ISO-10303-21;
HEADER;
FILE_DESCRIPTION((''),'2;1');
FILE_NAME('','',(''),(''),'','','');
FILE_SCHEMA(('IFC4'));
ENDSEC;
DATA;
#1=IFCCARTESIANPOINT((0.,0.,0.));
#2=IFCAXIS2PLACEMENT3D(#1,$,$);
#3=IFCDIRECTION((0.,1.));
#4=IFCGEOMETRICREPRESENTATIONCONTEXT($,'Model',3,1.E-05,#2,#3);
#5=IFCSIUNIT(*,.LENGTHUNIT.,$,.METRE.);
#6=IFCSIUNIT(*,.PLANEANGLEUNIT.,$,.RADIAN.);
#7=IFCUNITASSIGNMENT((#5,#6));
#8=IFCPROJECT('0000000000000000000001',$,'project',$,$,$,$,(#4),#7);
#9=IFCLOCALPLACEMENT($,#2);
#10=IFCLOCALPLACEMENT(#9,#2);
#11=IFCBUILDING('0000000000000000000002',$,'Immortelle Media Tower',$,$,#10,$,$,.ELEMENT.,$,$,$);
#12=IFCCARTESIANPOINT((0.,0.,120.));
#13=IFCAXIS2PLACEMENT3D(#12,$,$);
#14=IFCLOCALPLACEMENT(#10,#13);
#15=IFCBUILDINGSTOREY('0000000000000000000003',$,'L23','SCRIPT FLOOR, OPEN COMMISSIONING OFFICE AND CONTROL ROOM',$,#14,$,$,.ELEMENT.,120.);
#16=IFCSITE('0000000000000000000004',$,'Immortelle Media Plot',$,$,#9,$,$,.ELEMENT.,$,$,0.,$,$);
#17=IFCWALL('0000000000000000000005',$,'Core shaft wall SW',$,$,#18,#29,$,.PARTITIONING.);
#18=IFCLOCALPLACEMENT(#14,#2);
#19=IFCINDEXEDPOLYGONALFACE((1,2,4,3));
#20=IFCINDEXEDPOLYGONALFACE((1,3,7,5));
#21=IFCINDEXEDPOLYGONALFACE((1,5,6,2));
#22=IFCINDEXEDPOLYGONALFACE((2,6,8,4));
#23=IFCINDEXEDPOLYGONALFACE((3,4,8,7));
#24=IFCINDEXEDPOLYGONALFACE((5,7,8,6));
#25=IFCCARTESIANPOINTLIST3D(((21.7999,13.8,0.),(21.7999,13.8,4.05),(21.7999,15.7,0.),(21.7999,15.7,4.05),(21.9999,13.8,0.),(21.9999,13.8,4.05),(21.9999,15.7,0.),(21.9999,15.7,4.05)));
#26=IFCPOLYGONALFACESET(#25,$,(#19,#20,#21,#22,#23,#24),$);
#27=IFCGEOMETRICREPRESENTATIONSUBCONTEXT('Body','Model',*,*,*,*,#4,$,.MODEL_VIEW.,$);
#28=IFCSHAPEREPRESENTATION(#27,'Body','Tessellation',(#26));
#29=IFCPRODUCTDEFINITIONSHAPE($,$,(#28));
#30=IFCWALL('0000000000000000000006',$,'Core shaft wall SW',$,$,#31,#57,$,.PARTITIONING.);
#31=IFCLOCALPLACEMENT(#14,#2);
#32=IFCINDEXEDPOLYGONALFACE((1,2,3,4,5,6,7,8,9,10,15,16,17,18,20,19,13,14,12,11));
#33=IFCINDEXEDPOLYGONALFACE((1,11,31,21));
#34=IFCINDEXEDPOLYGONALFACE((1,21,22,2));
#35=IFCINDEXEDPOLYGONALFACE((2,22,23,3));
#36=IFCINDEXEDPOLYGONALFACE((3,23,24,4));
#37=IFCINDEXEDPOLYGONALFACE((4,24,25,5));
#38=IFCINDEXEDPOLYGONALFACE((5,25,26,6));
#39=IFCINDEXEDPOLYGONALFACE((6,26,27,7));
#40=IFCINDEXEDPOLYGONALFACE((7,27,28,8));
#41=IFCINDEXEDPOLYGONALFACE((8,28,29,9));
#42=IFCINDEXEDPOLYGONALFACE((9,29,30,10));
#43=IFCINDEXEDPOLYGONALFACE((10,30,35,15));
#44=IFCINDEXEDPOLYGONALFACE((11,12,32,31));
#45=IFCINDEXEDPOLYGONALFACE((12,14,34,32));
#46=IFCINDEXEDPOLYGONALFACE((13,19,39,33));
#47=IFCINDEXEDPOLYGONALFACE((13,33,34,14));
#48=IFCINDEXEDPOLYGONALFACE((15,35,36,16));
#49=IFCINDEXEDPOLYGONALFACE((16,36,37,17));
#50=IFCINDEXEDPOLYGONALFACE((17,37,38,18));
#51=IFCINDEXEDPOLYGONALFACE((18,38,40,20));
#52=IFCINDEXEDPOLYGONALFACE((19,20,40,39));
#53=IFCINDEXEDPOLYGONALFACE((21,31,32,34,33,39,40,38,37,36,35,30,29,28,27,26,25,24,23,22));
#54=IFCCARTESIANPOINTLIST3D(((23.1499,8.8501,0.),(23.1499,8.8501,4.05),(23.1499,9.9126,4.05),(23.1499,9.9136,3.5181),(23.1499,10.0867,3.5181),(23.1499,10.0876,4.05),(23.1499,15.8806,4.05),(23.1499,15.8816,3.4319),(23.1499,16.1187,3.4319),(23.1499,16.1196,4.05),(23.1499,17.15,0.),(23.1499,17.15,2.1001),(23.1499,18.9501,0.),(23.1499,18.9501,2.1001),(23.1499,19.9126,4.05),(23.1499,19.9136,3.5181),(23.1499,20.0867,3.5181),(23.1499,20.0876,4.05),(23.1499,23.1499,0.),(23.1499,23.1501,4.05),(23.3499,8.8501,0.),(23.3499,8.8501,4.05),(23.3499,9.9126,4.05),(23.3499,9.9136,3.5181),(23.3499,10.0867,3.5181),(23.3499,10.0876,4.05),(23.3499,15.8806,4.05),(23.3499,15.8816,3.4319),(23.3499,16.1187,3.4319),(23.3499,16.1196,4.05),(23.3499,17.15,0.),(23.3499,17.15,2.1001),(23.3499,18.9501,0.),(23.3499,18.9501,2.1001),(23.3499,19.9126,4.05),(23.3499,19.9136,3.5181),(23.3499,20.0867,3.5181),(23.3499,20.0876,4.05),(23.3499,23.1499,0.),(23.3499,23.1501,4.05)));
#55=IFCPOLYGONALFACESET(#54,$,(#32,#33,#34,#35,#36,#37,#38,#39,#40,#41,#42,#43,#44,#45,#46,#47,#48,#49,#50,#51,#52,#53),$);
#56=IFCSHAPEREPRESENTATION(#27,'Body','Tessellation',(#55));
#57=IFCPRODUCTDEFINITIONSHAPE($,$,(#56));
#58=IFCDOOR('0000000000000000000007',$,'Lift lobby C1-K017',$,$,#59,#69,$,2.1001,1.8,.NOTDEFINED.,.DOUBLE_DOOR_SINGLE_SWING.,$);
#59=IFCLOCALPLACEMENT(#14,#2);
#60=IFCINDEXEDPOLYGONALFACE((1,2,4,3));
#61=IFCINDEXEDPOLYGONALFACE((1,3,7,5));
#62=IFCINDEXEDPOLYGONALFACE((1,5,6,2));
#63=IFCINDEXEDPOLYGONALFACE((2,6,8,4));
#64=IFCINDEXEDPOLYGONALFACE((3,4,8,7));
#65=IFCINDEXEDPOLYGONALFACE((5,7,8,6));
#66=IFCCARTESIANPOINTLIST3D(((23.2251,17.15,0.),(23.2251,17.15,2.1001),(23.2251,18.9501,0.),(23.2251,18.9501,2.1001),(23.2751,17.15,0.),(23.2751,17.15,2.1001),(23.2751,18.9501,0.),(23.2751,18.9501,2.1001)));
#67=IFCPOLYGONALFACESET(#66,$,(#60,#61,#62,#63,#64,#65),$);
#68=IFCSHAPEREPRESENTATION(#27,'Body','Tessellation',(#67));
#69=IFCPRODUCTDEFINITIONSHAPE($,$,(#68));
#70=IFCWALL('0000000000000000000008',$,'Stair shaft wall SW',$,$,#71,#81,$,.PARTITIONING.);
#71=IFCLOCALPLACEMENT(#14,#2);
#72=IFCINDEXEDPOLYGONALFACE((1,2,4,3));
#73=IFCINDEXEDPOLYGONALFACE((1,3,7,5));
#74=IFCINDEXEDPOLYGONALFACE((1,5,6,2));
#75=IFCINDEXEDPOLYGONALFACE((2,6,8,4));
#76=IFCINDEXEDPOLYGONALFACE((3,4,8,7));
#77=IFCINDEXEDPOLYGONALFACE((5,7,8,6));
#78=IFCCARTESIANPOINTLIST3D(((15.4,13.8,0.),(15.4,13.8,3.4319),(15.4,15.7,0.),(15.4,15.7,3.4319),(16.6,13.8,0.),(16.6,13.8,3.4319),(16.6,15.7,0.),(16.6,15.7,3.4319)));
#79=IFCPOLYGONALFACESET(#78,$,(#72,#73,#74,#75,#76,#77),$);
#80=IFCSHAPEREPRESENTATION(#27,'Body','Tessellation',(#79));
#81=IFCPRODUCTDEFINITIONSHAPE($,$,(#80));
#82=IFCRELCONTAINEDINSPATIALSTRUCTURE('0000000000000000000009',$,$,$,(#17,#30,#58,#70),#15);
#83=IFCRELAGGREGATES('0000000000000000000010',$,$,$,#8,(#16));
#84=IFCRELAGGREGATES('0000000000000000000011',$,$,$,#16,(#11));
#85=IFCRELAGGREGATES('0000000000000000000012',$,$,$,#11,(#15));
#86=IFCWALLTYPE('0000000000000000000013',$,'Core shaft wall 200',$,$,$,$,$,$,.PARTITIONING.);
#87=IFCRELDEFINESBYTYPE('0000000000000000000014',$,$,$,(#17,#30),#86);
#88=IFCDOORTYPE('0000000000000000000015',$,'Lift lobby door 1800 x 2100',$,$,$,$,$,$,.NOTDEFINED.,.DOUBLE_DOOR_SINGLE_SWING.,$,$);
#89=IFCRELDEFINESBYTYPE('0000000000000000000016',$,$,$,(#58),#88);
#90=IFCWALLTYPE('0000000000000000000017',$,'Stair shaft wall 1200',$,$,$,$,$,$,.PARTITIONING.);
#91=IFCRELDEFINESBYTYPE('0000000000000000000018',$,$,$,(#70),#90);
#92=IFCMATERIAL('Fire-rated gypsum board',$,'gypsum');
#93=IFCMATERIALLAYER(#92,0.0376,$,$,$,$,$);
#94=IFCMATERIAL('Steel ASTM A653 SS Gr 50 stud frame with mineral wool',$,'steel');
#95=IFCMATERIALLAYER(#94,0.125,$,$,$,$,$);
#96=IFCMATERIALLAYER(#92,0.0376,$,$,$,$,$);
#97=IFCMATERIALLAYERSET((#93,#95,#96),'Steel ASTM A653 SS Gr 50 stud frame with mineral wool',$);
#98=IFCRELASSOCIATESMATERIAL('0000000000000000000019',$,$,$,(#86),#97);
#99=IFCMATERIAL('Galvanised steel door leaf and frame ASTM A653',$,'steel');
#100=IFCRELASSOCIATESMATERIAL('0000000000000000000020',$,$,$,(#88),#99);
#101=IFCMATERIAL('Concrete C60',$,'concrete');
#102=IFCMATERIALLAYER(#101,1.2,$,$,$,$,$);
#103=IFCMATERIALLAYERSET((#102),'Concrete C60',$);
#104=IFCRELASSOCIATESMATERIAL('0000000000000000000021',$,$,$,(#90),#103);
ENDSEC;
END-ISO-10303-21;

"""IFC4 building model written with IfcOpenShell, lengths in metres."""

from ifc_helpers import new_model, si_unit, direction, frame, frame_2d, origin, place, context, subcontext, project, spatial, polyline, rectangle, outline, extrude, material, layer, layer_set, type_object, element, fill, save


model = new_model("IFC4")

# Units and contexts
model_context = context("Model", 3, precision=1e-05, world=origin(), true_north=direction((0.0, 1.0)))
body_context = subcontext(model_context, "Body", "Model", "MODEL_VIEW")
ifc_project = project(units=[si_unit("LENGTHUNIT", "METRE"), si_unit("PLANEANGLEUNIT", "RADIAN")], contexts=[model_context])

# Site, building, storey
site_placement = place(None, origin())
site = spatial("IfcSite", under=ifc_project, at=site_placement, Name="Immortelle Media Plot", CompositionType="ELEMENT", RefElevation=0.0)
building_placement = place(site_placement, origin())
building = spatial("IfcBuilding", under=site, at=building_placement, Name="Immortelle Media Tower", CompositionType="ELEMENT")
storey_placement = place(building_placement, frame((0.0, 0.0, 120.0)))
storey = spatial("IfcBuildingStorey", under=building, at=storey_placement, Name="L23", Description="SCRIPT FLOOR, OPEN COMMISSIONING OFFICE AND CONTROL ROOM", CompositionType="ELEMENT", Elevation=120.0)

# Shared definitions
ifc_material_1 = material(Name="Galvanised steel door leaf and frame ASTM A653", Category="steel")

# Wall
ifc_material_2 = material(Name="Fire-rated gypsum board", Category="gypsum")
ifc_layer_1 = layer(ifc_material_2, 0.0376)
ifc_material_3 = material(Name="Steel ASTM A653 SS Gr 50 stud frame with mineral wool", Category="steel")
ifc_layer_2 = layer(ifc_material_3, 0.125)
ifc_layer_3 = layer(ifc_material_2, 0.0376)
ifc_layer_set_1 = layer_set([ifc_layer_1, ifc_layer_2, ifc_layer_3], Name="Steel ASTM A653 SS Gr 50 stud frame with mineral wool")
wall_type_1 = type_object("IfcWallType", Name="Core shaft wall 200", PredefinedType="PARTITIONING", material=ifc_layer_set_1)
wall_1_placement = place(storey_placement, frame((21.8999, 13.8, 0.0), z_axis=(0.0, 0.0, 1.0), x_axis=(0.0, 1.0, 0.0)))
element("IfcWall", 1, at=wall_1_placement, inside=storey, type_object=wall_type_1, Name="Core shaft wall SW", PredefinedType="PARTITIONING", context=body_context, shape_type="SweptSolid", body=[
    extrude(rectangle(XDim=1.8999, YDim=0.2, at=frame_2d((0.95, 0.0))), origin(), (0.0, 0.0, 1.0), 4.05),
])

# Wall, opening, door
wall_2_placement = place(storey_placement, frame((23.25, 8.8501, 0.0), z_axis=(0.0, 0.0, 1.0), x_axis=(0.0, 1.0, 0.0)))
wall_2 = element("IfcWall", 2, at=wall_2_placement, inside=storey, type_object=wall_type_1, Name="Core shaft wall SW", PredefinedType="PARTITIONING", context=body_context, shape_type="SweptSolid", body=[
    extrude(outline(polyline([(0.0, 0.0), (14.2998, 0.0), (14.3, 4.05), (11.2375, 4.05), (11.2366, 3.5181), (11.0635, 3.5181), (11.0625, 4.05), (7.2695, 4.05), (7.2686, 3.4319), (7.0315, 3.4319), (7.0305, 4.05), (1.2375, 4.05), (1.2366, 3.5181), (1.0635, 3.5181), (1.0625, 4.05), (0.0, 4.05), (0.0, 0.0)])), frame((0.0, 0.1001, 0.0), z_axis=(0.0, -1.0, 0.0), x_axis=(1.0, 0.0, 0.0)), (0.0, 0.0, 1.0), 0.2),
])
opening_1_placement = place(wall_2_placement, frame((8.3, 0.0, 0.0)))
opening_1 = element("IfcOpeningElement", 3, at=opening_1_placement, cuts=wall_2, PredefinedType="OPENING", context=body_context, shape_type="SweptSolid", body=[
    extrude(rectangle(XDim=1.8, YDim=2.1001, at=frame_2d((0.8999, 1.05))), frame((0.0, 0.1099, 0.0), z_axis=(0.0, -1.0, 0.0), x_axis=(1.0, 0.0, 0.0)), (0.0, 0.0, 1.0), 0.22),
])
door_type_1 = type_object("IfcDoorType", Name="Lift lobby door 1800 x 2100", OperationType="DOUBLE_DOOR_SINGLE_SWING", PredefinedType="NOTDEFINED", material=ifc_material_1)
door_1_placement = place(opening_1_placement, origin())
door_1 = element("IfcDoor", 4, at=door_1_placement, inside=storey, type_object=door_type_1, Name="Lift lobby C1-K017", OperationType="DOUBLE_DOOR_SINGLE_SWING", OverallHeight=2.1001, OverallWidth=1.8, PredefinedType="NOTDEFINED", context=body_context, shape_type="SweptSolid", body=[
    extrude(rectangle(XDim=1.8, YDim=2.1001, at=frame_2d((0.8999, 1.05))), frame((0.0, 0.0249, 0.0), z_axis=(0.0, -1.0, 0.0), x_axis=(1.0, 0.0, 0.0)), (0.0, 0.0, 1.0), 0.05),
])
fill(opening_1, door_1)

# Wall
ifc_material_4 = material(Name="Concrete C60", Category="concrete")
ifc_layer_4 = layer(ifc_material_4, 1.2)
ifc_layer_set_2 = layer_set([ifc_layer_4], Name="Concrete C60")
wall_type_2 = type_object("IfcWallType", Name="Stair shaft wall 1200", PredefinedType="PARTITIONING", material=ifc_layer_set_2)
wall_3_placement = place(storey_placement, frame((16.0, 13.8, 0.0), z_axis=(0.0, 0.0, 1.0), x_axis=(0.0, 1.0, 0.0)))
element("IfcWall", 5, at=wall_3_placement, inside=storey, type_object=wall_type_2, Name="Stair shaft wall SW", PredefinedType="PARTITIONING", context=body_context, shape_type="SweptSolid", body=[
    extrude(rectangle(XDim=1.8999, YDim=1.2, at=frame_2d((0.95, 0.0))), origin(), (0.0, 0.0, 1.0), 3.4319),
])

save(model, "model.ifc")
